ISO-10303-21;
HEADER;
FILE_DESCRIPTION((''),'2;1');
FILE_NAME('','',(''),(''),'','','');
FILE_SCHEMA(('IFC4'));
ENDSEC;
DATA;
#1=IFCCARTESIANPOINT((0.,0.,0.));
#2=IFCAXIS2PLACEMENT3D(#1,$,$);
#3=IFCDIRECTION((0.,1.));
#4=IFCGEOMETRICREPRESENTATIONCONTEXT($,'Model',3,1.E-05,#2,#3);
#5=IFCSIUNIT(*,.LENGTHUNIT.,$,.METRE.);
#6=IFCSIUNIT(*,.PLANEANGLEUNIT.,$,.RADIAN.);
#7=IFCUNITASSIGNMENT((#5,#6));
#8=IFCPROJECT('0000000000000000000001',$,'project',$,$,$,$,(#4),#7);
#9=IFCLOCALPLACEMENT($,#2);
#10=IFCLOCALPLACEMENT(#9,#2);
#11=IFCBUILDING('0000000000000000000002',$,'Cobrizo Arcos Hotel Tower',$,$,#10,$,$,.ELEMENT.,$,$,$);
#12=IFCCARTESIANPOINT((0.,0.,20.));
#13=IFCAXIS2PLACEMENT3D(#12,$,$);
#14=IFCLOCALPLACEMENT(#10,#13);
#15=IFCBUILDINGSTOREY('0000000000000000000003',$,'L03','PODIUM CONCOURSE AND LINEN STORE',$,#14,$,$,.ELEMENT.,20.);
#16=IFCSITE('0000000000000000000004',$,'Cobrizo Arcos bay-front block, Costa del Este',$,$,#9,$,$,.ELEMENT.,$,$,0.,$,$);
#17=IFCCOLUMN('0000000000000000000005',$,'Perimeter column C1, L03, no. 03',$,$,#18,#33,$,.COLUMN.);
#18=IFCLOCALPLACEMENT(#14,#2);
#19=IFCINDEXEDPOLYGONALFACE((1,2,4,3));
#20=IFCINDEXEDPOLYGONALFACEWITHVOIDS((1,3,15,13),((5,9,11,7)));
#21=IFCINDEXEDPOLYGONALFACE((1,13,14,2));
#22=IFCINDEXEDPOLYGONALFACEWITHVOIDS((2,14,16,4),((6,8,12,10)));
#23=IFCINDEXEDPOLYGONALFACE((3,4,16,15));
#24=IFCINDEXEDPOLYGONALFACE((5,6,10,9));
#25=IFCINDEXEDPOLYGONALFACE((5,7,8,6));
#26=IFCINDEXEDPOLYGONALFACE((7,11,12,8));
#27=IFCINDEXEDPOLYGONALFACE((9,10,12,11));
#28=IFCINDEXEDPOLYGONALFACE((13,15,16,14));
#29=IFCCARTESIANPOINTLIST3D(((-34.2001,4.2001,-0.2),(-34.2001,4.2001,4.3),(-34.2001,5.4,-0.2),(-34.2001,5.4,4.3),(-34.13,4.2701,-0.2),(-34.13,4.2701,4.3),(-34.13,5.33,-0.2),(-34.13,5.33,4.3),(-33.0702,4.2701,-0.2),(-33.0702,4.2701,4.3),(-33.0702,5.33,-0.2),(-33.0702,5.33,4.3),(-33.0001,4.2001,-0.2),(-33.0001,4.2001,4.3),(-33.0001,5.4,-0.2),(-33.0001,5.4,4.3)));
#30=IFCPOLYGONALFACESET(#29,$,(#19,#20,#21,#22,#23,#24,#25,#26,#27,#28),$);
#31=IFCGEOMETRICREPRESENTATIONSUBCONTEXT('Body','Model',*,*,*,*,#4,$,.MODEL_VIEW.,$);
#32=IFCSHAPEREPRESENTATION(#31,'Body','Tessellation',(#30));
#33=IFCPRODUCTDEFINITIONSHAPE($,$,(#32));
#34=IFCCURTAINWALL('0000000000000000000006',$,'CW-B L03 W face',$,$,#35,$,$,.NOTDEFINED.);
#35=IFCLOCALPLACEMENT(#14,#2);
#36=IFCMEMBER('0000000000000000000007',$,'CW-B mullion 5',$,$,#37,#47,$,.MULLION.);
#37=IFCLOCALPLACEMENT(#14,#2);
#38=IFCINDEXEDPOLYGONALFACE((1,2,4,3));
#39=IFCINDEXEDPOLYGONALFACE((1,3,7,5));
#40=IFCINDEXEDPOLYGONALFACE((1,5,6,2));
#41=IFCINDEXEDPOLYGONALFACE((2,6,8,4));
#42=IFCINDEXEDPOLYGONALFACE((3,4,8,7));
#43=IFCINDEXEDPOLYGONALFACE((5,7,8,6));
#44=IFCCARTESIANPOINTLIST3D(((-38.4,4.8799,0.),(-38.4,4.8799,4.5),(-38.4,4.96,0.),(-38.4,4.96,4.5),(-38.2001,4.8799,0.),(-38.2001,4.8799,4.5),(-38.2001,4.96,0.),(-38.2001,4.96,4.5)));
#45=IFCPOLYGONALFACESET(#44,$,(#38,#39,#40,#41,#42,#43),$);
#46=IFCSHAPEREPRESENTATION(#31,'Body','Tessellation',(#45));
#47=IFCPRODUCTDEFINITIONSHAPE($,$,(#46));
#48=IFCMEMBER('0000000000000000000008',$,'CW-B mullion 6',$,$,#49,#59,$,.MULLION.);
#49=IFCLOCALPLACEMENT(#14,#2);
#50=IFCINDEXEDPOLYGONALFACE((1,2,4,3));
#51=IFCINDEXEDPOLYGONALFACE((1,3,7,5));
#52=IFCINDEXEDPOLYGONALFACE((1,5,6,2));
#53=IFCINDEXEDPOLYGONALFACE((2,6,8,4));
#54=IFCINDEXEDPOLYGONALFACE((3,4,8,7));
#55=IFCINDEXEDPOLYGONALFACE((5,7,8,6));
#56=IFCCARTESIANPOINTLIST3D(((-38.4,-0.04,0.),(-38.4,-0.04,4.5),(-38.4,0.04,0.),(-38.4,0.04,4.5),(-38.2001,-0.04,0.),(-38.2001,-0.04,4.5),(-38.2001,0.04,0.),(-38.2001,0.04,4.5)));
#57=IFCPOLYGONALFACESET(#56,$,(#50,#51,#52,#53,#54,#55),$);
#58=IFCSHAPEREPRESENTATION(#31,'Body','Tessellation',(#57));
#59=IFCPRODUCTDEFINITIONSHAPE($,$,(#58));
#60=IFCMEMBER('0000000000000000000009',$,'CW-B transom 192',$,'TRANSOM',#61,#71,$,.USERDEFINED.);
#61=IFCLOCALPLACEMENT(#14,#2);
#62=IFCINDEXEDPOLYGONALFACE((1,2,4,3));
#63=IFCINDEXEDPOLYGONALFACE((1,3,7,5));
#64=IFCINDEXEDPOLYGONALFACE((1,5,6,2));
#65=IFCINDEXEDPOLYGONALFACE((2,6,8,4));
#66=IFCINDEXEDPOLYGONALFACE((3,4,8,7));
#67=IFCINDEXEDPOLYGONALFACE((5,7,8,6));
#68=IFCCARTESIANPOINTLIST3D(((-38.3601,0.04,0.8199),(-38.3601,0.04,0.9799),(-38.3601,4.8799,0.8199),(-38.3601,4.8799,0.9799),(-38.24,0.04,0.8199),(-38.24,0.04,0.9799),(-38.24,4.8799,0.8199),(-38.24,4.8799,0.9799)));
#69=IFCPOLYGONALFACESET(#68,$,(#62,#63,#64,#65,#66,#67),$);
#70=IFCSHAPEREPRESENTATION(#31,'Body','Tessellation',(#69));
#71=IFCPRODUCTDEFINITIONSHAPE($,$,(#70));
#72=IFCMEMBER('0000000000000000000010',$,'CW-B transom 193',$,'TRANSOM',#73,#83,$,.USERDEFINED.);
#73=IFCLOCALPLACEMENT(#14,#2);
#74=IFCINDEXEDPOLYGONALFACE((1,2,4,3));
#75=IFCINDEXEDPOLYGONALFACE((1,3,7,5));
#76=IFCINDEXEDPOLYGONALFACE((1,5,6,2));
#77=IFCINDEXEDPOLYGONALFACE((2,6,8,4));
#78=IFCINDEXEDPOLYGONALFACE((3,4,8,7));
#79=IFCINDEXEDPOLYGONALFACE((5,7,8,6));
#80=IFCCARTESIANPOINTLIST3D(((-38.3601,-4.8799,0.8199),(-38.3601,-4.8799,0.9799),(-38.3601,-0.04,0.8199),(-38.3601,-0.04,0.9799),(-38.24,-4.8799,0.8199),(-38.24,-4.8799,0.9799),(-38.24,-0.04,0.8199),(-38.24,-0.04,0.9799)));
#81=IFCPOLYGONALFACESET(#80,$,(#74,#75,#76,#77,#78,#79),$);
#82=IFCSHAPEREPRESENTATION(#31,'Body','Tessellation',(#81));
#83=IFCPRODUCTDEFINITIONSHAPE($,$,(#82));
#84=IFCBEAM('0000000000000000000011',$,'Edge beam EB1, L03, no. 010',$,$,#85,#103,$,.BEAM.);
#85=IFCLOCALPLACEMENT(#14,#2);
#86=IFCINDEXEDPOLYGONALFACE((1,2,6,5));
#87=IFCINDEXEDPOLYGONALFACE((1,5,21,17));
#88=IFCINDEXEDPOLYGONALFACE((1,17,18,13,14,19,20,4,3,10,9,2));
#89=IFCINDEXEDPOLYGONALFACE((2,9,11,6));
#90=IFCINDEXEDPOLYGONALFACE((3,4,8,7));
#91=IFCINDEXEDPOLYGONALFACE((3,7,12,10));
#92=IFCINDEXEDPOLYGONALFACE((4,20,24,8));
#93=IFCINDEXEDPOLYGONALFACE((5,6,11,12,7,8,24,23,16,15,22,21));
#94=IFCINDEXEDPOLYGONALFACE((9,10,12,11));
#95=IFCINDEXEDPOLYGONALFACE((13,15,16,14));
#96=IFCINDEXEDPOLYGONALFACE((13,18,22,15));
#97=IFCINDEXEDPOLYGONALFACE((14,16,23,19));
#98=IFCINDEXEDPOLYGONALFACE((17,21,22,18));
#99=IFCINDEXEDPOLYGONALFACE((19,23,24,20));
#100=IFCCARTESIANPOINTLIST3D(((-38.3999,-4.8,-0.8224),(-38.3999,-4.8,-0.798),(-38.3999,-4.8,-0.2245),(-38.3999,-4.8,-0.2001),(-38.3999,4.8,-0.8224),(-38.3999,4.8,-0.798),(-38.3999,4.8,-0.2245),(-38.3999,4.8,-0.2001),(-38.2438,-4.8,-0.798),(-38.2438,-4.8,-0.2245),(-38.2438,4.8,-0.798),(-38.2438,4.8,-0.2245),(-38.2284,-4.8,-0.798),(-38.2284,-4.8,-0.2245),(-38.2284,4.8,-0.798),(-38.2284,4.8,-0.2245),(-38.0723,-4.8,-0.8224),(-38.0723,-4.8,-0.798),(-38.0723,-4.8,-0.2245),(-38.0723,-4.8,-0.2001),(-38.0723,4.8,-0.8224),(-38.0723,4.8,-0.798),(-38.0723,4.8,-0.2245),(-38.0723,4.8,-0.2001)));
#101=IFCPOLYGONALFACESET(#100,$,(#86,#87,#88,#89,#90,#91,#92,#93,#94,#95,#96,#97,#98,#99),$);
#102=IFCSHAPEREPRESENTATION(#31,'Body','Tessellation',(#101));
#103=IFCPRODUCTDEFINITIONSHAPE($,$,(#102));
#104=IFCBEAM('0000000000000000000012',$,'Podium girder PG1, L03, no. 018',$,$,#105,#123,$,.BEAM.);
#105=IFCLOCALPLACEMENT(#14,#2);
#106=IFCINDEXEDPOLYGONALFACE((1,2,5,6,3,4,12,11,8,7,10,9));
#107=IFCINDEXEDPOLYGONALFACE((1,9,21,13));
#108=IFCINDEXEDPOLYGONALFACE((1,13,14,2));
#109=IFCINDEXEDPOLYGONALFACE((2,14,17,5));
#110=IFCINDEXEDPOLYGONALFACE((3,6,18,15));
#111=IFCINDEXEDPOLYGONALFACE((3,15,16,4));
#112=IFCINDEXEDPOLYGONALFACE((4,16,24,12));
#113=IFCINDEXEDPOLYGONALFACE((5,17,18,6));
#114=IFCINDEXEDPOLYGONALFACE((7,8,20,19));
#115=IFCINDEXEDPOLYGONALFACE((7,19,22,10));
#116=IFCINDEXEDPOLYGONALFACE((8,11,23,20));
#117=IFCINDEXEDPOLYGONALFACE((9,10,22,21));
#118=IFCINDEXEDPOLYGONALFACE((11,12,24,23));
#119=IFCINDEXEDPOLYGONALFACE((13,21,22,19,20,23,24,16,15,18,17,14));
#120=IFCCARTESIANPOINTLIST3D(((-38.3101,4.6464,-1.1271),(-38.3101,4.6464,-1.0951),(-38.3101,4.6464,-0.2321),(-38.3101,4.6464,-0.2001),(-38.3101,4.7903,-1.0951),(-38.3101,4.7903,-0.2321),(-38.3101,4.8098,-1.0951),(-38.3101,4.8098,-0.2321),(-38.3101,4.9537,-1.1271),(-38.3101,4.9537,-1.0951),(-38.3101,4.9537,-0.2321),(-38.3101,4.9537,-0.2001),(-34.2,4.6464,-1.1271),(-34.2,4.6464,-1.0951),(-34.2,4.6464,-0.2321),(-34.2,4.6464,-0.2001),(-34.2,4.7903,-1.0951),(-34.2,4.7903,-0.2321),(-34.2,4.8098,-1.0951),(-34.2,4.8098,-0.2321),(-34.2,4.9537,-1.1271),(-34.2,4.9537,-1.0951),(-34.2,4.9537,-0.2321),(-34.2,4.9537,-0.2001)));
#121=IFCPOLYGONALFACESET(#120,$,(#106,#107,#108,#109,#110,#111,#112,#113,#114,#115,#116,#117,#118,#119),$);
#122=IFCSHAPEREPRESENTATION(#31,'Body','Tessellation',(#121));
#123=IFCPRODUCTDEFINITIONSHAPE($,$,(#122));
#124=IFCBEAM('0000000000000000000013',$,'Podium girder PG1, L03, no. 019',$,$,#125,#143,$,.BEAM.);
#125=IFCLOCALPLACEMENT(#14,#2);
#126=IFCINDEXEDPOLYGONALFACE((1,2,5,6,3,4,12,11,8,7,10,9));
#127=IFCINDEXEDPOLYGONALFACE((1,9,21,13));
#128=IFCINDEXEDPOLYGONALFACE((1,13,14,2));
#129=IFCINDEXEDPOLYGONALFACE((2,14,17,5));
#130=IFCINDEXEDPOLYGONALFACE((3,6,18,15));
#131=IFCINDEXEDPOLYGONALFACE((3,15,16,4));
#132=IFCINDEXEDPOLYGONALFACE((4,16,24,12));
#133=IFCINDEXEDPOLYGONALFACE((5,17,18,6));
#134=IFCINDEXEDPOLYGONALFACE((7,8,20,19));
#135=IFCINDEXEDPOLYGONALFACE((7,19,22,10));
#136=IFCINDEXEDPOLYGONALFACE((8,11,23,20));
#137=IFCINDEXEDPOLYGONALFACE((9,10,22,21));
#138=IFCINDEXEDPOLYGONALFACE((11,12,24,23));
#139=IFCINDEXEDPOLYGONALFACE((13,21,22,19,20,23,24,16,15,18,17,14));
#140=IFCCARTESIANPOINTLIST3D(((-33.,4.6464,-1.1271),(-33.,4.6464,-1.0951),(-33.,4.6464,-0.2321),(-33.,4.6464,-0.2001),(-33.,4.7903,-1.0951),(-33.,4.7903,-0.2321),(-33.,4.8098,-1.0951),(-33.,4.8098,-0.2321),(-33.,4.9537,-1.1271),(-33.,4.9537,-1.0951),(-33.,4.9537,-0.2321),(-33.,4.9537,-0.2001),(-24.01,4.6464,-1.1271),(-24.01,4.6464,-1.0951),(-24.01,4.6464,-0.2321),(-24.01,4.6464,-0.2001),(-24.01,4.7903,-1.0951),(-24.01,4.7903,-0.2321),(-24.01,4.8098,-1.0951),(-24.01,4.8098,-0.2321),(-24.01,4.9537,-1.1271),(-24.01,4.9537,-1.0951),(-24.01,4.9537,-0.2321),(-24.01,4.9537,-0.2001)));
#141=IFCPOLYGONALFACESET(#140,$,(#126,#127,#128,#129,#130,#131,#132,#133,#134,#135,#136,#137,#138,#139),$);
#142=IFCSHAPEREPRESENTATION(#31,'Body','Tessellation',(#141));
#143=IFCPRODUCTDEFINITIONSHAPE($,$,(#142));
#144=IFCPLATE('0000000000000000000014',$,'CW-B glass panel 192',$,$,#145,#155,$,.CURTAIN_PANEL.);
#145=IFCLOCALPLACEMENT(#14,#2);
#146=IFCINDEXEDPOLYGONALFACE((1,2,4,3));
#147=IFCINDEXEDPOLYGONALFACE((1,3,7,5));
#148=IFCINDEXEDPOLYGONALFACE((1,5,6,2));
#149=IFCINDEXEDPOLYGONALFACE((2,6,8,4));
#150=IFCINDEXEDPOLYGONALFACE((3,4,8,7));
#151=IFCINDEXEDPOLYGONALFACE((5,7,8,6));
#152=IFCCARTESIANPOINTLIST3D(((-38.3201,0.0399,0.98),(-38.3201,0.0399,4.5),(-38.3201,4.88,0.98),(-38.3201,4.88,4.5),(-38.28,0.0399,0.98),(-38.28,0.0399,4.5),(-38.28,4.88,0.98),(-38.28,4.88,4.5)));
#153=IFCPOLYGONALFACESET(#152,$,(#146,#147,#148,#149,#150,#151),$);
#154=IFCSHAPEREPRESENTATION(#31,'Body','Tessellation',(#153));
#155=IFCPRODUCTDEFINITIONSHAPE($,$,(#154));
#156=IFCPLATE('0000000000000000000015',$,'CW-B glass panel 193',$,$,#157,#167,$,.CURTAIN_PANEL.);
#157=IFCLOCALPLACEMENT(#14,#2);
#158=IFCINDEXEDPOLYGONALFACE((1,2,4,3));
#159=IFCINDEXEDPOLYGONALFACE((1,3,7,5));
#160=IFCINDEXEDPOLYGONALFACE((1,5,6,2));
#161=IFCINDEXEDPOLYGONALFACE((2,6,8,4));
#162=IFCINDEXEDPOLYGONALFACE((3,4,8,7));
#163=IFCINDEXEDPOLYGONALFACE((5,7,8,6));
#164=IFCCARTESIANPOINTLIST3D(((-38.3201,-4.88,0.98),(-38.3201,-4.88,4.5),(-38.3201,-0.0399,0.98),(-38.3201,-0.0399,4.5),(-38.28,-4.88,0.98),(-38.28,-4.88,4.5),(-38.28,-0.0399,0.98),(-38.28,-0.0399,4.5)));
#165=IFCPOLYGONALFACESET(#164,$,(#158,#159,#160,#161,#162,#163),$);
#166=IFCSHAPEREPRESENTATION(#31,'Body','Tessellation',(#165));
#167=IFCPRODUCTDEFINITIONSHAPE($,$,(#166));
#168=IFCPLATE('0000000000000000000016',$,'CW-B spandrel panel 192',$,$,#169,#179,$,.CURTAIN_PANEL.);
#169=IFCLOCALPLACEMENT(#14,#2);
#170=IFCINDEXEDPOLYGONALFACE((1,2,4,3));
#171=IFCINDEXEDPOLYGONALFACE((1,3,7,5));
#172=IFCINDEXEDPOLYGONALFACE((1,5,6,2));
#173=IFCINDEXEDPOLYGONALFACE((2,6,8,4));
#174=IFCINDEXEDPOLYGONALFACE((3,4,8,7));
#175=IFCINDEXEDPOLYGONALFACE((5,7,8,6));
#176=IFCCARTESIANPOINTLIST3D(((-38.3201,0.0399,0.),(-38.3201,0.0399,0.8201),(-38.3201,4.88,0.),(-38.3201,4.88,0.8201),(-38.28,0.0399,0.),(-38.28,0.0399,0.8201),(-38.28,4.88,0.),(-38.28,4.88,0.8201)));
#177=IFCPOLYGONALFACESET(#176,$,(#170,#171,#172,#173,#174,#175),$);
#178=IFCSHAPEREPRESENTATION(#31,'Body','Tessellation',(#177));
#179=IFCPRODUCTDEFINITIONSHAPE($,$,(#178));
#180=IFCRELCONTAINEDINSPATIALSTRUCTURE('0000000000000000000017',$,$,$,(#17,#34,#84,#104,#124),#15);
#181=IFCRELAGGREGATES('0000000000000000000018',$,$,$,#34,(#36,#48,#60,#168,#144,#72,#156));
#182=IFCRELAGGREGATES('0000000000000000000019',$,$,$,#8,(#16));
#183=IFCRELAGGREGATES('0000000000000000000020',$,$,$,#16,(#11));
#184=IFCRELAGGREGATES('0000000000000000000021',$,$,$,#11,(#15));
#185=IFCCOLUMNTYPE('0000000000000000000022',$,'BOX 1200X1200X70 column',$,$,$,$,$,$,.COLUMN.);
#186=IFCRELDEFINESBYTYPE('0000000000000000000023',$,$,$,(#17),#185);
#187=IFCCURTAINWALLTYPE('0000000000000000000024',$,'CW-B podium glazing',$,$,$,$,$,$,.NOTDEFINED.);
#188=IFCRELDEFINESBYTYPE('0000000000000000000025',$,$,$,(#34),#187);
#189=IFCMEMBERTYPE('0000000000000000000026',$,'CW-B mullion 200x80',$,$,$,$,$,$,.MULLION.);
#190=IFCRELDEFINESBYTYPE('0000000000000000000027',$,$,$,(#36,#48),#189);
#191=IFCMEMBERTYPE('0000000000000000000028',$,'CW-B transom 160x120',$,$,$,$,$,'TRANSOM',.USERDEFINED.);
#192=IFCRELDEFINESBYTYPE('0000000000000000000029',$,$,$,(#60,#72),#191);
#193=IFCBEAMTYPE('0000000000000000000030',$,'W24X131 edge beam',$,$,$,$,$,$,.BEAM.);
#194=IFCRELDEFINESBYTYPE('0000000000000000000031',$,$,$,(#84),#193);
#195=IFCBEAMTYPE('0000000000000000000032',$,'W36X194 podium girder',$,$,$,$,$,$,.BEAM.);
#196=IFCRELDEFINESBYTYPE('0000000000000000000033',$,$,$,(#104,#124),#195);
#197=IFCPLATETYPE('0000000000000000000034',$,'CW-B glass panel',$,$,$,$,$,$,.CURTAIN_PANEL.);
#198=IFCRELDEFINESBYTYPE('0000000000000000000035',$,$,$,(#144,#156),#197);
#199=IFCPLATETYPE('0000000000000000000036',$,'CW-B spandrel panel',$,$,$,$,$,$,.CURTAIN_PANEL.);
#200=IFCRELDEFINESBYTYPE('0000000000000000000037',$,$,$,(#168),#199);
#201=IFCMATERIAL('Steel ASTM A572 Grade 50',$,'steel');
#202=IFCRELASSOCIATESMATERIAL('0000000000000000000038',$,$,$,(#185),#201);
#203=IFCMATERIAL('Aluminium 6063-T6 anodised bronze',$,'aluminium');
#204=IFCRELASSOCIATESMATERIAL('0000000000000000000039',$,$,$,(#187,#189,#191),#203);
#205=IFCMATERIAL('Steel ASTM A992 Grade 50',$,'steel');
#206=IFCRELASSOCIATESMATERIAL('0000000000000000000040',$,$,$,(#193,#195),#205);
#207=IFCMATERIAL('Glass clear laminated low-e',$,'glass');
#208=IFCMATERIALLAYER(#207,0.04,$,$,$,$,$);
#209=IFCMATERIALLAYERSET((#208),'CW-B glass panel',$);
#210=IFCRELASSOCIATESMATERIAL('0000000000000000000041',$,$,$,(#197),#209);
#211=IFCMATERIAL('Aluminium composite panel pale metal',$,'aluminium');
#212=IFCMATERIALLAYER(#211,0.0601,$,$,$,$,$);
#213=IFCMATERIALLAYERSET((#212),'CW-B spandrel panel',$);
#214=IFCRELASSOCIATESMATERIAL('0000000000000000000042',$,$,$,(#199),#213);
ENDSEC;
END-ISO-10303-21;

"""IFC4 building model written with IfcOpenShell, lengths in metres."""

from ifc_helpers import new_model, si_unit, direction, frame, origin, origin_2d, place, context, subcontext, project, spatial, rectangle, hollow_rectangle, i_section, extrude, material, layer, layer_set, material_profile, profile_set, type_object, element, aggregate, save


model = new_model("IFC4")

# Units and contexts
model_context = context("Model", 3, precision=1e-05, world=origin(), true_north=direction((0.0, 1.0)))
body_context = subcontext(model_context, "Body", "Model", "MODEL_VIEW")
ifc_project = project(units=[si_unit("LENGTHUNIT", "METRE"), si_unit("PLANEANGLEUNIT", "RADIAN")], contexts=[model_context])

# Site, building, storey
site_placement = place(None, origin())
site = spatial("IfcSite", under=ifc_project, at=site_placement, Name="Cobrizo Arcos bay-front block, Costa del Este", CompositionType="ELEMENT", RefElevation=0.0)
building_placement = place(site_placement, origin())
building = spatial("IfcBuilding", under=site, at=building_placement, Name="Cobrizo Arcos Hotel Tower", CompositionType="ELEMENT")
storey_placement = place(building_placement, frame((0.0, 0.0, 20.0)))
storey = spatial("IfcBuildingStorey", under=building, at=storey_placement, Name="L03", Description="PODIUM CONCOURSE AND LINEN STORE", CompositionType="ELEMENT", Elevation=20.0)

# Column
ifc_material_1 = material(Name="Steel ASTM A572 Grade 50", Category="steel")
ifc_material_profile_1 = material_profile(ifc_material_1, hollow_rectangle(XDim=1.2, YDim=1.2, WallThickness=0.0701, at=origin_2d()), Name="BOX 1200X1200X70")
ifc_profile_set_1 = profile_set([ifc_material_profile_1], Name="Steel ASTM A572 Grade 50")
column_type = type_object("IfcColumnType", Name="BOX 1200X1200X70 column", PredefinedType="COLUMN", material=ifc_profile_set_1)
column_placement = place(storey_placement, frame((-33.6001, 4.8, -0.2), z_axis=(0.0, 0.0, 1.0), x_axis=(1.0, 0.0, 0.0)))
element("IfcColumn", 1, at=column_placement, inside=storey, type_object=column_type, Name="Perimeter column C1, L03, no. 03", PredefinedType="COLUMN", context=body_context, shape_type="SweptSolid", body=[
    extrude(hollow_rectangle(XDim=1.2, YDim=1.2, WallThickness=0.0701, at=origin_2d()), origin(), (0.0, 0.0, 1.0), 4.5),
])

# Curtain wall, members
ifc_material_2 = material(Name="Aluminium 6063-T6 anodised bronze", Category="aluminium")
curtain_wall_type = type_object("IfcCurtainWallType", Name="CW-B podium glazing", PredefinedType="NOTDEFINED", material=ifc_material_2)
curtain_wall_placement = place(storey_placement, origin())
curtain_wall = element("IfcCurtainWall", 2, at=curtain_wall_placement, inside=storey, type_object=curtain_wall_type, Name="CW-B L03 W face", PredefinedType="NOTDEFINED")
ifc_material_profile_2 = material_profile(ifc_material_2, rectangle(XDim=0.2, YDim=0.0801, at=origin_2d()), Name="CW-B mullion 200x80")
ifc_profile_set_2 = profile_set([ifc_material_profile_2], Name="Aluminium 6063-T6 anodised bronze")
member_type_1 = type_object("IfcMemberType", Name="CW-B mullion 200x80", PredefinedType="MULLION", material=ifc_profile_set_2)
member_1_placement = place(storey_placement, frame((-38.3, 4.9199, 0.0), z_axis=(0.0, 0.0, 1.0), x_axis=(-1.0, 0.0, 0.0)))
member_1 = element("IfcMember", 3, at=member_1_placement, type_object=member_type_1, Name="CW-B mullion 5", PredefinedType="MULLION", context=body_context, shape_type="SweptSolid", body=[
    extrude(rectangle(XDim=0.2, YDim=0.0801, at=origin_2d()), origin(), (0.0, 0.0, 1.0), 4.5),
])
member_2_placement = place(storey_placement, frame((-38.3, 0.0, 0.0), z_axis=(0.0, 0.0, 1.0), x_axis=(-1.0, 0.0, 0.0)))
member_2 = element("IfcMember", 4, at=member_2_placement, type_object=member_type_1, Name="CW-B mullion 6", PredefinedType="MULLION", context=body_context, shape_type="SweptSolid", body=[
    extrude(rectangle(XDim=0.2, YDim=0.0801, at=origin_2d()), origin(), (0.0, 0.0, 1.0), 4.5),
])
ifc_material_profile_3 = material_profile(ifc_material_2, rectangle(XDim=0.1201, YDim=0.1599, at=origin_2d()), Name="CW-B transom 160x120")
ifc_profile_set_3 = profile_set([ifc_material_profile_3], Name="Aluminium 6063-T6 anodised bronze")
member_type_2 = type_object("IfcMemberType", Name="CW-B transom 160x120", ElementType="TRANSOM", PredefinedType="USERDEFINED", material=ifc_profile_set_3)
member_3_placement = place(storey_placement, frame((-38.3, 4.8799, 0.8999), z_axis=(0.0, -1.0, 0.0), x_axis=(1.0, 0.0, 0.0)))
member_3 = element("IfcMember", 5, at=member_3_placement, type_object=member_type_2, Name="CW-B transom 192", ObjectType="TRANSOM", PredefinedType="USERDEFINED", context=body_context, shape_type="SweptSolid", body=[
    extrude(rectangle(XDim=0.1201, YDim=0.1599, at=origin_2d()), origin(), (0.0, 0.0, 1.0), 4.8398),
])
member_4_placement = place(storey_placement, frame((-38.3, -0.04, 0.8999), z_axis=(0.0, -1.0, 0.0), x_axis=(1.0, 0.0, 0.0)))
member_4 = element("IfcMember", 6, at=member_4_placement, type_object=member_type_2, Name="CW-B transom 193", ObjectType="TRANSOM", PredefinedType="USERDEFINED", context=body_context, shape_type="SweptSolid", body=[
    extrude(rectangle(XDim=0.1201, YDim=0.1599, at=origin_2d()), origin(), (0.0, 0.0, 1.0), 4.8398),
])

# Beams
ifc_material_3 = material(Name="Steel ASTM A992 Grade 50", Category="steel")
ifc_material_profile_4 = material_profile(ifc_material_3, i_section(OverallWidth=0.3276, OverallDepth=0.6223, WebThickness=0.0154, FlangeThickness=0.0244, at=origin_2d()), Name="W24X131")
ifc_profile_set_4 = profile_set([ifc_material_profile_4], Name="Steel ASTM A992 Grade 50")
beam_type_1 = type_object("IfcBeamType", Name="W24X131 edge beam", PredefinedType="BEAM", material=ifc_profile_set_4)
beam_1_placement = place(storey_placement, frame((-38.2361, 4.8, -0.5112), z_axis=(0.0, -1.0, 0.0), x_axis=(1.0, 0.0, 0.0)))
element("IfcBeam", 7, at=beam_1_placement, inside=storey, type_object=beam_type_1, Name="Edge beam EB1, L03, no. 010", PredefinedType="BEAM", context=body_context, shape_type="SweptSolid", body=[
    extrude(i_section(OverallWidth=0.3276, OverallDepth=0.6223, WebThickness=0.0154, FlangeThickness=0.0244, at=origin_2d()), origin(), (0.0, 0.0, 1.0), 9.6001),
])
ifc_material_profile_5 = material_profile(ifc_material_3, i_section(OverallWidth=0.3074, OverallDepth=0.927, WebThickness=0.0195, FlangeThickness=0.032, at=origin_2d()), Name="W36X194")
ifc_profile_set_5 = profile_set([ifc_material_profile_5], Name="Steel ASTM A992 Grade 50")
beam_type_2 = type_object("IfcBeamType", Name="W36X194 podium girder", PredefinedType="BEAM", material=ifc_profile_set_5)
beam_2_placement = place(storey_placement, frame((-38.3101, 4.8, -0.6636), z_axis=(1.0, 0.0, 0.0), x_axis=(0.0, 1.0, 0.0)))
element("IfcBeam", 8, at=beam_2_placement, inside=storey, type_object=beam_type_2, Name="Podium girder PG1, L03, no. 018", PredefinedType="BEAM", context=body_context, shape_type="SweptSolid", body=[
    extrude(i_section(OverallWidth=0.3074, OverallDepth=0.927, WebThickness=0.0195, FlangeThickness=0.032, at=origin_2d()), origin(), (0.0, 0.0, 1.0), 4.1101),
])
beam_3_placement = place(storey_placement, frame((-33.0, 4.8, -0.6636), z_axis=(1.0, 0.0, 0.0), x_axis=(0.0, 1.0, 0.0)))
element("IfcBeam", 9, at=beam_3_placement, inside=storey, type_object=beam_type_2, Name="Podium girder PG1, L03, no. 019", PredefinedType="BEAM", context=body_context, shape_type="SweptSolid", body=[
    extrude(i_section(OverallWidth=0.3074, OverallDepth=0.927, WebThickness=0.0195, FlangeThickness=0.032, at=origin_2d()), origin(), (0.0, 0.0, 1.0), 8.99),
])

# Plates
ifc_material_4 = material(Name="Glass clear laminated low-e", Category="glass")
ifc_layer_1 = layer(ifc_material_4, 0.04)
ifc_layer_set_1 = layer_set([ifc_layer_1], Name="CW-B glass panel")
plate_type_1 = type_object("IfcPlateType", Name="CW-B glass panel", PredefinedType="CURTAIN_PANEL", material=ifc_layer_set_1)
plate_1_placement = place(storey_placement, frame((-38.3, 2.46, 0.98), z_axis=(0.0, 0.0, 1.0), x_axis=(0.0, -1.0, 0.0)))
plate_1 = element("IfcPlate", 10, at=plate_1_placement, type_object=plate_type_1, Name="CW-B glass panel 192", PredefinedType="CURTAIN_PANEL", context=body_context, shape_type="SweptSolid", body=[
    extrude(rectangle(XDim=4.8401, YDim=0.04, at=origin_2d()), origin(), (0.0, 0.0, 1.0), 3.52),
])
plate_2_placement = place(storey_placement, frame((-38.3, -2.46, 0.98), z_axis=(0.0, 0.0, 1.0), x_axis=(0.0, -1.0, 0.0)))
plate_2 = element("IfcPlate", 11, at=plate_2_placement, type_object=plate_type_1, Name="CW-B glass panel 193", PredefinedType="CURTAIN_PANEL", context=body_context, shape_type="SweptSolid", body=[
    extrude(rectangle(XDim=4.8401, YDim=0.04, at=origin_2d()), origin(), (0.0, 0.0, 1.0), 3.52),
])
ifc_material_5 = material(Name="Aluminium composite panel pale metal", Category="aluminium")
ifc_layer_2 = layer(ifc_material_5, 0.0601)
ifc_layer_set_2 = layer_set([ifc_layer_2], Name="CW-B spandrel panel")
plate_type_2 = type_object("IfcPlateType", Name="CW-B spandrel panel", PredefinedType="CURTAIN_PANEL", material=ifc_layer_set_2)
plate_3_placement = place(storey_placement, frame((-38.3, 2.46, 0.0), z_axis=(0.0, 0.0, 1.0), x_axis=(0.0, -1.0, 0.0)))
plate_3 = element("IfcPlate", 12, at=plate_3_placement, type_object=plate_type_2, Name="CW-B spandrel panel 192", PredefinedType="CURTAIN_PANEL", context=body_context, shape_type="SweptSolid", body=[
    extrude(rectangle(XDim=4.8401, YDim=0.04, at=origin_2d()), origin(), (0.0, 0.0, 1.0), 0.8201),
])
aggregate(curtain_wall, [member_1, member_2, member_3, plate_3, plate_1, member_4, plate_2])

save(model, "model.ifc")
